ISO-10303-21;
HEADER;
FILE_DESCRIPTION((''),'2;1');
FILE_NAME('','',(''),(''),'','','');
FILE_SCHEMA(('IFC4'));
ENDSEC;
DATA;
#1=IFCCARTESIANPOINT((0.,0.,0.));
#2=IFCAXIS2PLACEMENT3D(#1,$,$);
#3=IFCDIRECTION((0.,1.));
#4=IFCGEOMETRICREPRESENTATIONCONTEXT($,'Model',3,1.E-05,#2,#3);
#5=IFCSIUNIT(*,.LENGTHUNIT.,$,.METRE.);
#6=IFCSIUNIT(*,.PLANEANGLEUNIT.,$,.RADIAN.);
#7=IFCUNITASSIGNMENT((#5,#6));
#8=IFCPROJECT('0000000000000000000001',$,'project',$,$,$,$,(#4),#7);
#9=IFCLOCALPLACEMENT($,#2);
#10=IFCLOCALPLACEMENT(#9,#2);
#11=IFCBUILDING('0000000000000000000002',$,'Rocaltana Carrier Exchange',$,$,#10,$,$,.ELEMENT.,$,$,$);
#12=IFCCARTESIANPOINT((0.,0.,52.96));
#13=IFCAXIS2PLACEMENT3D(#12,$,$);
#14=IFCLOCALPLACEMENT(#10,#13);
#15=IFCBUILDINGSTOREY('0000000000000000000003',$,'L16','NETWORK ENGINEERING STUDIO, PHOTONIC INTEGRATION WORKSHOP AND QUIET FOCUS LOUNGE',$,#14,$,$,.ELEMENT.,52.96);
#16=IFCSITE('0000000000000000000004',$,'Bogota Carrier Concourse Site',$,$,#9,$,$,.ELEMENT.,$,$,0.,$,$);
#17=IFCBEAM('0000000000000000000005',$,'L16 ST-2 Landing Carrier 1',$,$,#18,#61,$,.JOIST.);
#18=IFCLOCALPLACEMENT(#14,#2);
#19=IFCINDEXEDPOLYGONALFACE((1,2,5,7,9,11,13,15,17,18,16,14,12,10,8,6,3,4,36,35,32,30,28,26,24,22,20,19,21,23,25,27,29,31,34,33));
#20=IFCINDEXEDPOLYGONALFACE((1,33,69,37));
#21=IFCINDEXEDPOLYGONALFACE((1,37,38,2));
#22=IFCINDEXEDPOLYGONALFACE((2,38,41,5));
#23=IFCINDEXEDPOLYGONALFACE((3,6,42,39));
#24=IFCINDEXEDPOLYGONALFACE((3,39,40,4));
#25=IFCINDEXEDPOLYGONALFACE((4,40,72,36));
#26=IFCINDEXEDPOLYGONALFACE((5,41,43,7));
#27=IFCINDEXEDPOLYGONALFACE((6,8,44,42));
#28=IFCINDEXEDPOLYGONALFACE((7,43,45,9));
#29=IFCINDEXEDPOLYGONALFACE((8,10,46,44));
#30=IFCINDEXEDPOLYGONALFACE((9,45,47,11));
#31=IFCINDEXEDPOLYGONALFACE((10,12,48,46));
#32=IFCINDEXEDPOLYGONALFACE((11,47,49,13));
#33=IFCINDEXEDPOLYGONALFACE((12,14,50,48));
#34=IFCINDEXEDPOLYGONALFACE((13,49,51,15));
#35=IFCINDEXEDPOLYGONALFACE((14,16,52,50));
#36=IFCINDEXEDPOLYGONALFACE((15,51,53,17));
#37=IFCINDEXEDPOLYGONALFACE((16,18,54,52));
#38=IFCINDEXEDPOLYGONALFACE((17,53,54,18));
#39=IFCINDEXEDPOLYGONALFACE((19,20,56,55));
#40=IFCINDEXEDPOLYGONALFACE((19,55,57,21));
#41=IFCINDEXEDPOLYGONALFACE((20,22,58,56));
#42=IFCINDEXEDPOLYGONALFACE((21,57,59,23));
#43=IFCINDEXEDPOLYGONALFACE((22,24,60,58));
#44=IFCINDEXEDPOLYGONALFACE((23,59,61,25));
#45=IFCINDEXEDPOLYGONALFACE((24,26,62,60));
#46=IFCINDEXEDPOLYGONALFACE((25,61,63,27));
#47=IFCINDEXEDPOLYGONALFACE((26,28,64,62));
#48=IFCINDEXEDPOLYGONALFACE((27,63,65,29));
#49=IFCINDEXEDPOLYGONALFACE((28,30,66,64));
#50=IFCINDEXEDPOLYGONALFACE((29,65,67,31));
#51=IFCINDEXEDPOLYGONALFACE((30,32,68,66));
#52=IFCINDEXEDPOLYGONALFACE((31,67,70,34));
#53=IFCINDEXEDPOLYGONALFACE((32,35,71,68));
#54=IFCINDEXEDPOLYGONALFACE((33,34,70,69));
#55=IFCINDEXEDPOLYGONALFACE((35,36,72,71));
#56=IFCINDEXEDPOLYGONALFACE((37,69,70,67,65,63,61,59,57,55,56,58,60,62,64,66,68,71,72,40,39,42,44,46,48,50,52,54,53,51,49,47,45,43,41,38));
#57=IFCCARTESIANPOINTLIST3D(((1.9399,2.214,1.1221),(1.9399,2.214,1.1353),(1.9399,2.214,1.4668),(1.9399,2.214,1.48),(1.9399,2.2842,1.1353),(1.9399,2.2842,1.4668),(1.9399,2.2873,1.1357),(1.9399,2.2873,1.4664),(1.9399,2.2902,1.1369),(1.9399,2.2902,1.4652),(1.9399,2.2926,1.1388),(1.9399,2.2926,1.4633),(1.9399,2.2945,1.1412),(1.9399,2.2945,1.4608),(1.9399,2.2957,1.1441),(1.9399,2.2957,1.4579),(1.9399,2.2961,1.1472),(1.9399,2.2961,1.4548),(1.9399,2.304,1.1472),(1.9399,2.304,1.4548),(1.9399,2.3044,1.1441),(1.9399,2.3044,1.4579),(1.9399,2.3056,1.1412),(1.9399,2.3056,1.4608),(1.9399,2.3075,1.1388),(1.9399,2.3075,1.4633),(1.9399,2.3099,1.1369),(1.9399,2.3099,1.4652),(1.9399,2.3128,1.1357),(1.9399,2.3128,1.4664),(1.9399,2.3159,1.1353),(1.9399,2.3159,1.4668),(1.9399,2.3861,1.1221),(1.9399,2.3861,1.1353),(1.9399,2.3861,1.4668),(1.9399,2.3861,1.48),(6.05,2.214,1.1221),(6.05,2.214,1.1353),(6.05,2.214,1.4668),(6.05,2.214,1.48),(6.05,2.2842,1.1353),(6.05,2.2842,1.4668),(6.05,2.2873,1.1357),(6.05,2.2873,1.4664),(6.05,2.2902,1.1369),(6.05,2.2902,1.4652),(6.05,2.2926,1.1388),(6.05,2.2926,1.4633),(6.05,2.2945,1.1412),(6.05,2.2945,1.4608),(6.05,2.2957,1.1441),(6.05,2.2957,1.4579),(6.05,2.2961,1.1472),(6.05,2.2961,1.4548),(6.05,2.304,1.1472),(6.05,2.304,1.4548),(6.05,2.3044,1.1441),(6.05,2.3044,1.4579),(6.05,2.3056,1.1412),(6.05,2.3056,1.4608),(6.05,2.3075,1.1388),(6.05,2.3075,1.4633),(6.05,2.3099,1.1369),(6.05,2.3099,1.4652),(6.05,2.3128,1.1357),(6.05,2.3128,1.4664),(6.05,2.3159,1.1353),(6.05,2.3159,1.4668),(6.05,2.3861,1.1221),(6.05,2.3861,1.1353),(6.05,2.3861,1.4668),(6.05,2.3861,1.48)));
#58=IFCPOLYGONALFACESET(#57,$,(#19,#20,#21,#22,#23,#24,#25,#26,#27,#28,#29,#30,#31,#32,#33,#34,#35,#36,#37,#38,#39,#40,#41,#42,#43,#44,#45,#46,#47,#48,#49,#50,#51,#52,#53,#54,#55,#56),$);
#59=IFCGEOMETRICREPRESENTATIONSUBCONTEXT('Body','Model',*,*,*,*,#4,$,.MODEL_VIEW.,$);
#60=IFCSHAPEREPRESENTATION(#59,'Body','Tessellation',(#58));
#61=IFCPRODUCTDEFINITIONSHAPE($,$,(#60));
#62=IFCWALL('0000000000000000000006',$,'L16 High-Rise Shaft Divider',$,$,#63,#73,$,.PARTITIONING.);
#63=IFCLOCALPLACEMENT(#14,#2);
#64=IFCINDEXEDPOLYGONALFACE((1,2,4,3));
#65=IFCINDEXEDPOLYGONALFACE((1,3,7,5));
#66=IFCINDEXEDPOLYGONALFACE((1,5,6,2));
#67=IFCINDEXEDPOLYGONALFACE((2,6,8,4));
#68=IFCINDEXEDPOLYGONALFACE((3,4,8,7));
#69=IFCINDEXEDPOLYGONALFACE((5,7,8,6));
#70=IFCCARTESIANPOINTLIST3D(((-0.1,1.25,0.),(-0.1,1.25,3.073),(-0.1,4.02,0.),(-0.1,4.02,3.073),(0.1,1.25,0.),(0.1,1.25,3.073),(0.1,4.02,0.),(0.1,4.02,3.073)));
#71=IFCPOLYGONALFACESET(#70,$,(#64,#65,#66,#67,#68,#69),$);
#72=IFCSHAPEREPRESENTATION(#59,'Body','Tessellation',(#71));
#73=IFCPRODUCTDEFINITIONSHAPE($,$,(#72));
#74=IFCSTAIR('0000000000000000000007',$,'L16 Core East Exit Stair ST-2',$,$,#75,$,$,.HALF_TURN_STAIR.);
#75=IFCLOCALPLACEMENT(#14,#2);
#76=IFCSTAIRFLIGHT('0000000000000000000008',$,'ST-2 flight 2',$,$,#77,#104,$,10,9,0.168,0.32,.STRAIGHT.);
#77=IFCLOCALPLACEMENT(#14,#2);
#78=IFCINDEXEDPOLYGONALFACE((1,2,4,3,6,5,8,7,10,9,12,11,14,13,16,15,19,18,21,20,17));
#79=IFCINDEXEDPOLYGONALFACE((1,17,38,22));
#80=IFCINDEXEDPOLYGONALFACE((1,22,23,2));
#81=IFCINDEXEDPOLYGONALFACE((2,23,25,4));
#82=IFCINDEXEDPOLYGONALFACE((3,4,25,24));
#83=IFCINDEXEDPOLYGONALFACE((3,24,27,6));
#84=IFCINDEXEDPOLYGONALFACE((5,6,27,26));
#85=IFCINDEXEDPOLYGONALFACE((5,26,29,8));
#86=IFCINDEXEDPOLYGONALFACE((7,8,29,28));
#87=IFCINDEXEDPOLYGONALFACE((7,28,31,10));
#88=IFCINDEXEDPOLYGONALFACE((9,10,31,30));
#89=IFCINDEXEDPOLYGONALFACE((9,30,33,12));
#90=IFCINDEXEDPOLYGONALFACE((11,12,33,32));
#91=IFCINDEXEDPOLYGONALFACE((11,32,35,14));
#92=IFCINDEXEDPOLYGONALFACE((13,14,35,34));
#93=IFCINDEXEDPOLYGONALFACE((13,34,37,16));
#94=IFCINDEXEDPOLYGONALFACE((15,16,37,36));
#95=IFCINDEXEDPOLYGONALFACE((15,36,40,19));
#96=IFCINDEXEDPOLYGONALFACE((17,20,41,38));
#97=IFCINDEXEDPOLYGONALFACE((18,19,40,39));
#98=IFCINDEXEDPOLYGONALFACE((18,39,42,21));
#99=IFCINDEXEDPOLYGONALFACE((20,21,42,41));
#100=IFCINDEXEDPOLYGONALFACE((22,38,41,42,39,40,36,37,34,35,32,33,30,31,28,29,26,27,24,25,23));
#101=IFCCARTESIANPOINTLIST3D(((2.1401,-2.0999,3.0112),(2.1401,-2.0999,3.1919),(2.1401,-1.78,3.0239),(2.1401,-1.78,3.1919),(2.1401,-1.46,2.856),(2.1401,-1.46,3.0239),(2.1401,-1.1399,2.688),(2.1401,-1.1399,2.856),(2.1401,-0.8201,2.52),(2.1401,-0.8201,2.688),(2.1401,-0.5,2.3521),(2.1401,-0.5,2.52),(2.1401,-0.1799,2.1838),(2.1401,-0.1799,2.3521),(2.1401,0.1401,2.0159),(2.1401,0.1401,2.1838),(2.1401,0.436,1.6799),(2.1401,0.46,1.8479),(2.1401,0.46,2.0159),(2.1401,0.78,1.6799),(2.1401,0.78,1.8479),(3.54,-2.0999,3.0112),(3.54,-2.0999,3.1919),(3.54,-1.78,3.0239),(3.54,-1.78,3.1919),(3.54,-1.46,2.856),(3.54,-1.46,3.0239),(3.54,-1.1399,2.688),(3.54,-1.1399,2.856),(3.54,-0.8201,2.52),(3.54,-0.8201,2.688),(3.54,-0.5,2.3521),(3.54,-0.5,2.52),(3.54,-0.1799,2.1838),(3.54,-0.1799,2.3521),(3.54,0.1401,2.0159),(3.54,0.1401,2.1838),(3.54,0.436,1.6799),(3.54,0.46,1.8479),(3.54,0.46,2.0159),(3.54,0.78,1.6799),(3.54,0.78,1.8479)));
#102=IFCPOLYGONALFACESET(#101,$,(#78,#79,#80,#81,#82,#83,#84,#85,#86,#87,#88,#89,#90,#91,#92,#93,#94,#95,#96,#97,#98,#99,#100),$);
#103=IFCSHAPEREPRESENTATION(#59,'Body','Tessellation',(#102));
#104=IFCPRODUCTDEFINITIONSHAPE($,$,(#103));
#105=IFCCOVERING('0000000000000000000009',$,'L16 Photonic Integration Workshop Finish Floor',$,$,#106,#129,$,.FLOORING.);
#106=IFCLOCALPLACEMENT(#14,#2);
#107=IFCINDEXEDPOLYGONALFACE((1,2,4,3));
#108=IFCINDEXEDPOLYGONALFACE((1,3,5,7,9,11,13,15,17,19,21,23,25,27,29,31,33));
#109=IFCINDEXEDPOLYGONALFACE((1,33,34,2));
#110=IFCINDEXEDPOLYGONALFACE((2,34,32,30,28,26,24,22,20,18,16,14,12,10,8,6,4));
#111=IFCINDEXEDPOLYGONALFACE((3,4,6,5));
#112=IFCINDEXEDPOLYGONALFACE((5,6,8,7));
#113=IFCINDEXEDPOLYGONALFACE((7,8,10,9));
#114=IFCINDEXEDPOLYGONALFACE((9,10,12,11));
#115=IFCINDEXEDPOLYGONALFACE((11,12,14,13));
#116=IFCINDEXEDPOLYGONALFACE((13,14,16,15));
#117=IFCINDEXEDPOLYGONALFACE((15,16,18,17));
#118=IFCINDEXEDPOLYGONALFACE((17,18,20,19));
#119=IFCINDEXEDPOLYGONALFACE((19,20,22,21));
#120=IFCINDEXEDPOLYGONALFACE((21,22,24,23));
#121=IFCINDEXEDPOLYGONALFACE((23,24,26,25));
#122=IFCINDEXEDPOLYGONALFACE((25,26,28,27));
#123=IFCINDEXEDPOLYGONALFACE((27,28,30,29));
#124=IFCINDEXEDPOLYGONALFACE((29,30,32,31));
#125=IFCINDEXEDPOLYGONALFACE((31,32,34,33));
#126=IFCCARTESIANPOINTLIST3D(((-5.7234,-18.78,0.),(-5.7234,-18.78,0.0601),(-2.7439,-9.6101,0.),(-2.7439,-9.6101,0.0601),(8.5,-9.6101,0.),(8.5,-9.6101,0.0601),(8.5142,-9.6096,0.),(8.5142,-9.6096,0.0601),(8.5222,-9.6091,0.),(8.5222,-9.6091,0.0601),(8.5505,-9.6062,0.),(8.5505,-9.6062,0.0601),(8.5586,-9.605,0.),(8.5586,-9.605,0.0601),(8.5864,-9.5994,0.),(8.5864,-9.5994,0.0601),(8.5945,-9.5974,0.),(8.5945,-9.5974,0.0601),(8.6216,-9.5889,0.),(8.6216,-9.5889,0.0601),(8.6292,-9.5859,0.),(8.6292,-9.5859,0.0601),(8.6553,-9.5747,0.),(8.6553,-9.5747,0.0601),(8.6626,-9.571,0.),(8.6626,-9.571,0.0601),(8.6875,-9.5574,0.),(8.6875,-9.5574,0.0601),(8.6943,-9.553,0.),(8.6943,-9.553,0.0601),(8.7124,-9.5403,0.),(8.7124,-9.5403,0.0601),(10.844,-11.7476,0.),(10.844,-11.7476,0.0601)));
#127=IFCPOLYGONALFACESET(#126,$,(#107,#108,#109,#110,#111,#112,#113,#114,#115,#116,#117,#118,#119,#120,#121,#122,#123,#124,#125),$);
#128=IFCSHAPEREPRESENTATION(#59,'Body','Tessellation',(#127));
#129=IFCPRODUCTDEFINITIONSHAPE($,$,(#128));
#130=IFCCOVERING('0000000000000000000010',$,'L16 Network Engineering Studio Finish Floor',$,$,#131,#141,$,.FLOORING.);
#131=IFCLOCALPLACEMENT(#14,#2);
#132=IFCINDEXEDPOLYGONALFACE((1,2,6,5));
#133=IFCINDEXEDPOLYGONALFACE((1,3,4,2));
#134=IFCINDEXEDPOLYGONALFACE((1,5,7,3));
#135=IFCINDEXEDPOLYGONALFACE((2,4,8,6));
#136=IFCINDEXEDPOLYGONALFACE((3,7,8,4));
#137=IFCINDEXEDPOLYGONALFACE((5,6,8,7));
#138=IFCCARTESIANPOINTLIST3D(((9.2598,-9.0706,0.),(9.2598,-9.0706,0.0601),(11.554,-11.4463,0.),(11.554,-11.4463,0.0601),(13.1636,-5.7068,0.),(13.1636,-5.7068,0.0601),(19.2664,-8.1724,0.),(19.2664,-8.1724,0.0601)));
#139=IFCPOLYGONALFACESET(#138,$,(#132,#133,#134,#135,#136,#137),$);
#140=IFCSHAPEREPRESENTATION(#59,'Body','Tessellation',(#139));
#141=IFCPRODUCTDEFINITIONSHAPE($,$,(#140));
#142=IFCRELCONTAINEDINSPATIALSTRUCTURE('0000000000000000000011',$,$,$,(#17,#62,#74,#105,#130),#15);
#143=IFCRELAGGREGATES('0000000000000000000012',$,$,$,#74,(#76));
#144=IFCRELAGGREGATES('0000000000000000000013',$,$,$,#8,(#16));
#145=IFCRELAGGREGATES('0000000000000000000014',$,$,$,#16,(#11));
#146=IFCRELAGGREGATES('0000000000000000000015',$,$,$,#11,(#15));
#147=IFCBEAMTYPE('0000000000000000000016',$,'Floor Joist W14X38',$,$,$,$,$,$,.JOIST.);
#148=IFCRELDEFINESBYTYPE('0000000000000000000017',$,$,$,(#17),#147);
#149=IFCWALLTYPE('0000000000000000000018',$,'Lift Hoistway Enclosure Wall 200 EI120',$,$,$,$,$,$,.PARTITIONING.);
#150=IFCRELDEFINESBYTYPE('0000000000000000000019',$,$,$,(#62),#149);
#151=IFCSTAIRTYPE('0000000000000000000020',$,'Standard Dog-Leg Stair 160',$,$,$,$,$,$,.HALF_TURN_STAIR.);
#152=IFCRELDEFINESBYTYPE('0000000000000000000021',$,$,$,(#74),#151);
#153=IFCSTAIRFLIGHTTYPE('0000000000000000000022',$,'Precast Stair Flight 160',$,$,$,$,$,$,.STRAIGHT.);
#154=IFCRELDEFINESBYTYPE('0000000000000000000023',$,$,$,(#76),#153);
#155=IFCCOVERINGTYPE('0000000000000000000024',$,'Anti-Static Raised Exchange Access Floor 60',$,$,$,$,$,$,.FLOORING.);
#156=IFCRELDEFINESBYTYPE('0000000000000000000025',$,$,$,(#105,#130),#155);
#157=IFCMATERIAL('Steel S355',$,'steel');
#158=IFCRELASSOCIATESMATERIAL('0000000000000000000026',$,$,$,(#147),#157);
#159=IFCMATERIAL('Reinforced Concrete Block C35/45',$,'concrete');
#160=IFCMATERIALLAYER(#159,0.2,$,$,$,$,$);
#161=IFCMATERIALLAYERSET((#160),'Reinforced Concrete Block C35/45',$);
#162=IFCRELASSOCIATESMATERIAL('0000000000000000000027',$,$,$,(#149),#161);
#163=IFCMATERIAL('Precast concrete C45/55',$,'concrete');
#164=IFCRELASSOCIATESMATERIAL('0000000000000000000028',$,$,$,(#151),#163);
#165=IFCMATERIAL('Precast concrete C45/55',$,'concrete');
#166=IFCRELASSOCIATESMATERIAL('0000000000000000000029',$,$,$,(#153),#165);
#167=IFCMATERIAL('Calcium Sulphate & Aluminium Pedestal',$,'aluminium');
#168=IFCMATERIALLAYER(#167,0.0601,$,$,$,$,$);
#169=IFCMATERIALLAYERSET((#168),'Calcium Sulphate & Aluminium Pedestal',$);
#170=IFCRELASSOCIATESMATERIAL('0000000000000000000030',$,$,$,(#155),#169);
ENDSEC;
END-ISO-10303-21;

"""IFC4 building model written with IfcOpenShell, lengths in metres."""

from ifc_helpers import new_model, si_unit, direction, frame, frame_2d, origin, origin_2d, place, context, subcontext, project, spatial, polyline, rectangle, i_section, outline, extrude, material, layer, layer_set, material_profile, profile_set, type_object, element, aggregate, save


model = new_model("IFC4")

# Units and contexts
model_context = context("Model", 3, precision=1e-05, world=origin(), true_north=direction((0.0, 1.0)))
body_context = subcontext(model_context, "Body", "Model", "MODEL_VIEW")
ifc_project = project(units=[si_unit("LENGTHUNIT", "METRE"), si_unit("PLANEANGLEUNIT", "RADIAN")], contexts=[model_context])

# Site, building, storey
site_placement = place(None, origin())
site = spatial("IfcSite", under=ifc_project, at=site_placement, Name="Bogota Carrier Concourse Site", CompositionType="ELEMENT", RefElevation=0.0)
building_placement = place(site_placement, origin())
building = spatial("IfcBuilding", under=site, at=building_placement, Name="Rocaltana Carrier Exchange", CompositionType="ELEMENT")
storey_placement = place(building_placement, frame((0.0, 0.0, 52.96)))
storey = spatial("IfcBuildingStorey", under=building, at=storey_placement, Name="L16", Description="NETWORK ENGINEERING STUDIO, PHOTONIC INTEGRATION WORKSHOP AND QUIET FOCUS LOUNGE", CompositionType="ELEMENT", Elevation=52.96)

# Beam
ifc_material_1 = material(Name="Steel S355", Category="steel")
ifc_material_profile = material_profile(ifc_material_1, i_section(OverallWidth=0.1721, OverallDepth=0.3579, WebThickness=0.0078, FlangeThickness=0.0132, FilletRadius=0.012, at=origin_2d()), Name="W14X38")
ifc_profile_set = profile_set([ifc_material_profile], Name="Steel S355")
beam_type = type_object("IfcBeamType", Name="Floor Joist W14X38", PredefinedType="JOIST", material=ifc_profile_set)
beam_placement = place(storey_placement, frame((1.9399, 2.3, 1.301), z_axis=(1.0, 0.0, 0.0), x_axis=(0.0, 1.0, 0.0)))
element("IfcBeam", 1, at=beam_placement, inside=storey, type_object=beam_type, Name="L16 ST-2 Landing Carrier 1", PredefinedType="JOIST", context=body_context, shape_type="SweptSolid", body=[
    extrude(i_section(OverallWidth=0.1721, OverallDepth=0.3579, WebThickness=0.0078, FlangeThickness=0.0132, FilletRadius=0.012, at=origin_2d()), origin(), (0.0, 0.0, 1.0), 4.1101),
])

# Wall
ifc_material_2 = material(Name="Reinforced Concrete Block C35/45", Category="concrete")
ifc_layer_1 = layer(ifc_material_2, 0.2)
ifc_layer_set_1 = layer_set([ifc_layer_1], Name="Reinforced Concrete Block C35/45")
wall_type = type_object("IfcWallType", Name="Lift Hoistway Enclosure Wall 200 EI120", PredefinedType="PARTITIONING", material=ifc_layer_set_1)
wall_placement = place(storey_placement, frame((0.0, 1.25, 0.0), z_axis=(0.0, 0.0, 1.0), x_axis=(0.0, 1.0, 0.0)))
element("IfcWall", 2, at=wall_placement, inside=storey, type_object=wall_type, Name="L16 High-Rise Shaft Divider", PredefinedType="PARTITIONING", context=body_context, shape_type="SweptSolid", body=[
    extrude(rectangle(XDim=2.77, YDim=0.2, at=frame_2d((1.385, 0.0))), origin(), (0.0, 0.0, 1.0), 3.073),
])

# Stair, stair flight
ifc_material_3 = material(Name="Precast concrete C45/55", Category="concrete")
stair_type = type_object("IfcStairType", Name="Standard Dog-Leg Stair 160", PredefinedType="HALF_TURN_STAIR", material=ifc_material_3)
stair_placement = place(storey_placement, origin())
stair = element("IfcStair", 3, at=stair_placement, inside=storey, type_object=stair_type, Name="L16 Core East Exit Stair ST-2", PredefinedType="HALF_TURN_STAIR")
ifc_material_4 = material(Name="Precast concrete C45/55", Category="concrete")
stair_flight_type = type_object("IfcStairFlightType", Name="Precast Stair Flight 160", PredefinedType="STRAIGHT", material=ifc_material_4)
stair_flight_placement = place(storey_placement, frame((2.8401, 0.78, 1.6799), z_axis=(0.0, 0.0, 1.0), x_axis=(0.0, -1.0, 0.0)))
stair_flight = element("IfcStairFlight", 4, at=stair_flight_placement, type_object=stair_flight_type, Name="ST-2 flight 2", NumberOfRisers=10, NumberOfTreads=9, PredefinedType="STRAIGHT", RiserHeight=0.168, TreadLength=0.32, context=body_context, shape_type="SweptSolid", body=[
    extrude(outline(polyline([(0.0, 0.0), (0.0, 0.168), (0.3201, 0.168), (0.3201, 0.3359), (0.6399, 0.3359), (0.6399, 0.5039), (0.96, 0.5039), (0.96, 0.6721), (1.28, 0.6721), (1.28, 0.8401), (1.6001, 0.8401), (1.6001, 1.0081), (1.9199, 1.0081), (1.9199, 1.176), (2.24, 1.176), (2.24, 1.344), (2.5601, 1.344), (2.5601, 1.512), (2.8799, 1.512), (2.8799, 1.6799), (2.8799, 1.3313), (0.344, 0.0), (0.0, 0.0)])), frame((0.0, 0.7, 0.0), z_axis=(0.0, -1.0, 0.0), x_axis=(1.0, 0.0, 0.0)), (0.0, 0.0, 1.0), 1.3999),
])
aggregate(stair, [stair_flight])

# Coverings
ifc_material_5 = material(Name="Calcium Sulphate & Aluminium Pedestal", Category="aluminium")
ifc_layer_2 = layer(ifc_material_5, 0.0601)
ifc_layer_set_2 = layer_set([ifc_layer_2], Name="Calcium Sulphate & Aluminium Pedestal")
covering_type_1 = type_object("IfcCoveringType", Name="Anti-Static Raised Exchange Access Floor 60", PredefinedType="FLOORING", material=ifc_layer_set_2)
covering_1_placement = place(storey_placement, origin())
element("IfcCovering", 5, at=covering_1_placement, inside=storey, type_object=covering_type_1, Name="L16 Photonic Integration Workshop Finish Floor", PredefinedType="FLOORING", context=body_context, shape_type="SweptSolid", body=[
    extrude(outline(polyline([(-5.7234, -18.78), (-2.7439, -9.6101), (8.5, -9.6101), (8.5142, -9.6096), (8.5222, -9.6091), (8.5505, -9.6062), (8.5586, -9.605), (8.5864, -9.5994), (8.5945, -9.5974), (8.6216, -9.5889), (8.6292, -9.5859), (8.6553, -9.5747), (8.6626, -9.571), (8.6875, -9.5574), (8.6943, -9.553), (8.7124, -9.5403), (10.844, -11.7476), (-5.7234, -18.78)])), origin(), (0.0, 0.0, 1.0), 0.0601),
])
covering_2_placement = place(storey_placement, origin())
element("IfcCovering", 6, at=covering_2_placement, inside=storey, type_object=covering_type_1, Name="L16 Network Engineering Studio Finish Floor", PredefinedType="FLOORING", context=body_context, shape_type="SweptSolid", body=[
    extrude(outline(polyline([(11.554, -11.4463), (9.2598, -9.0706), (13.1636, -5.7068), (19.2664, -8.1724), (11.554, -11.4463)])), origin(), (0.0, 0.0, 1.0), 0.0601),
])

save(model, "model.ifc")
